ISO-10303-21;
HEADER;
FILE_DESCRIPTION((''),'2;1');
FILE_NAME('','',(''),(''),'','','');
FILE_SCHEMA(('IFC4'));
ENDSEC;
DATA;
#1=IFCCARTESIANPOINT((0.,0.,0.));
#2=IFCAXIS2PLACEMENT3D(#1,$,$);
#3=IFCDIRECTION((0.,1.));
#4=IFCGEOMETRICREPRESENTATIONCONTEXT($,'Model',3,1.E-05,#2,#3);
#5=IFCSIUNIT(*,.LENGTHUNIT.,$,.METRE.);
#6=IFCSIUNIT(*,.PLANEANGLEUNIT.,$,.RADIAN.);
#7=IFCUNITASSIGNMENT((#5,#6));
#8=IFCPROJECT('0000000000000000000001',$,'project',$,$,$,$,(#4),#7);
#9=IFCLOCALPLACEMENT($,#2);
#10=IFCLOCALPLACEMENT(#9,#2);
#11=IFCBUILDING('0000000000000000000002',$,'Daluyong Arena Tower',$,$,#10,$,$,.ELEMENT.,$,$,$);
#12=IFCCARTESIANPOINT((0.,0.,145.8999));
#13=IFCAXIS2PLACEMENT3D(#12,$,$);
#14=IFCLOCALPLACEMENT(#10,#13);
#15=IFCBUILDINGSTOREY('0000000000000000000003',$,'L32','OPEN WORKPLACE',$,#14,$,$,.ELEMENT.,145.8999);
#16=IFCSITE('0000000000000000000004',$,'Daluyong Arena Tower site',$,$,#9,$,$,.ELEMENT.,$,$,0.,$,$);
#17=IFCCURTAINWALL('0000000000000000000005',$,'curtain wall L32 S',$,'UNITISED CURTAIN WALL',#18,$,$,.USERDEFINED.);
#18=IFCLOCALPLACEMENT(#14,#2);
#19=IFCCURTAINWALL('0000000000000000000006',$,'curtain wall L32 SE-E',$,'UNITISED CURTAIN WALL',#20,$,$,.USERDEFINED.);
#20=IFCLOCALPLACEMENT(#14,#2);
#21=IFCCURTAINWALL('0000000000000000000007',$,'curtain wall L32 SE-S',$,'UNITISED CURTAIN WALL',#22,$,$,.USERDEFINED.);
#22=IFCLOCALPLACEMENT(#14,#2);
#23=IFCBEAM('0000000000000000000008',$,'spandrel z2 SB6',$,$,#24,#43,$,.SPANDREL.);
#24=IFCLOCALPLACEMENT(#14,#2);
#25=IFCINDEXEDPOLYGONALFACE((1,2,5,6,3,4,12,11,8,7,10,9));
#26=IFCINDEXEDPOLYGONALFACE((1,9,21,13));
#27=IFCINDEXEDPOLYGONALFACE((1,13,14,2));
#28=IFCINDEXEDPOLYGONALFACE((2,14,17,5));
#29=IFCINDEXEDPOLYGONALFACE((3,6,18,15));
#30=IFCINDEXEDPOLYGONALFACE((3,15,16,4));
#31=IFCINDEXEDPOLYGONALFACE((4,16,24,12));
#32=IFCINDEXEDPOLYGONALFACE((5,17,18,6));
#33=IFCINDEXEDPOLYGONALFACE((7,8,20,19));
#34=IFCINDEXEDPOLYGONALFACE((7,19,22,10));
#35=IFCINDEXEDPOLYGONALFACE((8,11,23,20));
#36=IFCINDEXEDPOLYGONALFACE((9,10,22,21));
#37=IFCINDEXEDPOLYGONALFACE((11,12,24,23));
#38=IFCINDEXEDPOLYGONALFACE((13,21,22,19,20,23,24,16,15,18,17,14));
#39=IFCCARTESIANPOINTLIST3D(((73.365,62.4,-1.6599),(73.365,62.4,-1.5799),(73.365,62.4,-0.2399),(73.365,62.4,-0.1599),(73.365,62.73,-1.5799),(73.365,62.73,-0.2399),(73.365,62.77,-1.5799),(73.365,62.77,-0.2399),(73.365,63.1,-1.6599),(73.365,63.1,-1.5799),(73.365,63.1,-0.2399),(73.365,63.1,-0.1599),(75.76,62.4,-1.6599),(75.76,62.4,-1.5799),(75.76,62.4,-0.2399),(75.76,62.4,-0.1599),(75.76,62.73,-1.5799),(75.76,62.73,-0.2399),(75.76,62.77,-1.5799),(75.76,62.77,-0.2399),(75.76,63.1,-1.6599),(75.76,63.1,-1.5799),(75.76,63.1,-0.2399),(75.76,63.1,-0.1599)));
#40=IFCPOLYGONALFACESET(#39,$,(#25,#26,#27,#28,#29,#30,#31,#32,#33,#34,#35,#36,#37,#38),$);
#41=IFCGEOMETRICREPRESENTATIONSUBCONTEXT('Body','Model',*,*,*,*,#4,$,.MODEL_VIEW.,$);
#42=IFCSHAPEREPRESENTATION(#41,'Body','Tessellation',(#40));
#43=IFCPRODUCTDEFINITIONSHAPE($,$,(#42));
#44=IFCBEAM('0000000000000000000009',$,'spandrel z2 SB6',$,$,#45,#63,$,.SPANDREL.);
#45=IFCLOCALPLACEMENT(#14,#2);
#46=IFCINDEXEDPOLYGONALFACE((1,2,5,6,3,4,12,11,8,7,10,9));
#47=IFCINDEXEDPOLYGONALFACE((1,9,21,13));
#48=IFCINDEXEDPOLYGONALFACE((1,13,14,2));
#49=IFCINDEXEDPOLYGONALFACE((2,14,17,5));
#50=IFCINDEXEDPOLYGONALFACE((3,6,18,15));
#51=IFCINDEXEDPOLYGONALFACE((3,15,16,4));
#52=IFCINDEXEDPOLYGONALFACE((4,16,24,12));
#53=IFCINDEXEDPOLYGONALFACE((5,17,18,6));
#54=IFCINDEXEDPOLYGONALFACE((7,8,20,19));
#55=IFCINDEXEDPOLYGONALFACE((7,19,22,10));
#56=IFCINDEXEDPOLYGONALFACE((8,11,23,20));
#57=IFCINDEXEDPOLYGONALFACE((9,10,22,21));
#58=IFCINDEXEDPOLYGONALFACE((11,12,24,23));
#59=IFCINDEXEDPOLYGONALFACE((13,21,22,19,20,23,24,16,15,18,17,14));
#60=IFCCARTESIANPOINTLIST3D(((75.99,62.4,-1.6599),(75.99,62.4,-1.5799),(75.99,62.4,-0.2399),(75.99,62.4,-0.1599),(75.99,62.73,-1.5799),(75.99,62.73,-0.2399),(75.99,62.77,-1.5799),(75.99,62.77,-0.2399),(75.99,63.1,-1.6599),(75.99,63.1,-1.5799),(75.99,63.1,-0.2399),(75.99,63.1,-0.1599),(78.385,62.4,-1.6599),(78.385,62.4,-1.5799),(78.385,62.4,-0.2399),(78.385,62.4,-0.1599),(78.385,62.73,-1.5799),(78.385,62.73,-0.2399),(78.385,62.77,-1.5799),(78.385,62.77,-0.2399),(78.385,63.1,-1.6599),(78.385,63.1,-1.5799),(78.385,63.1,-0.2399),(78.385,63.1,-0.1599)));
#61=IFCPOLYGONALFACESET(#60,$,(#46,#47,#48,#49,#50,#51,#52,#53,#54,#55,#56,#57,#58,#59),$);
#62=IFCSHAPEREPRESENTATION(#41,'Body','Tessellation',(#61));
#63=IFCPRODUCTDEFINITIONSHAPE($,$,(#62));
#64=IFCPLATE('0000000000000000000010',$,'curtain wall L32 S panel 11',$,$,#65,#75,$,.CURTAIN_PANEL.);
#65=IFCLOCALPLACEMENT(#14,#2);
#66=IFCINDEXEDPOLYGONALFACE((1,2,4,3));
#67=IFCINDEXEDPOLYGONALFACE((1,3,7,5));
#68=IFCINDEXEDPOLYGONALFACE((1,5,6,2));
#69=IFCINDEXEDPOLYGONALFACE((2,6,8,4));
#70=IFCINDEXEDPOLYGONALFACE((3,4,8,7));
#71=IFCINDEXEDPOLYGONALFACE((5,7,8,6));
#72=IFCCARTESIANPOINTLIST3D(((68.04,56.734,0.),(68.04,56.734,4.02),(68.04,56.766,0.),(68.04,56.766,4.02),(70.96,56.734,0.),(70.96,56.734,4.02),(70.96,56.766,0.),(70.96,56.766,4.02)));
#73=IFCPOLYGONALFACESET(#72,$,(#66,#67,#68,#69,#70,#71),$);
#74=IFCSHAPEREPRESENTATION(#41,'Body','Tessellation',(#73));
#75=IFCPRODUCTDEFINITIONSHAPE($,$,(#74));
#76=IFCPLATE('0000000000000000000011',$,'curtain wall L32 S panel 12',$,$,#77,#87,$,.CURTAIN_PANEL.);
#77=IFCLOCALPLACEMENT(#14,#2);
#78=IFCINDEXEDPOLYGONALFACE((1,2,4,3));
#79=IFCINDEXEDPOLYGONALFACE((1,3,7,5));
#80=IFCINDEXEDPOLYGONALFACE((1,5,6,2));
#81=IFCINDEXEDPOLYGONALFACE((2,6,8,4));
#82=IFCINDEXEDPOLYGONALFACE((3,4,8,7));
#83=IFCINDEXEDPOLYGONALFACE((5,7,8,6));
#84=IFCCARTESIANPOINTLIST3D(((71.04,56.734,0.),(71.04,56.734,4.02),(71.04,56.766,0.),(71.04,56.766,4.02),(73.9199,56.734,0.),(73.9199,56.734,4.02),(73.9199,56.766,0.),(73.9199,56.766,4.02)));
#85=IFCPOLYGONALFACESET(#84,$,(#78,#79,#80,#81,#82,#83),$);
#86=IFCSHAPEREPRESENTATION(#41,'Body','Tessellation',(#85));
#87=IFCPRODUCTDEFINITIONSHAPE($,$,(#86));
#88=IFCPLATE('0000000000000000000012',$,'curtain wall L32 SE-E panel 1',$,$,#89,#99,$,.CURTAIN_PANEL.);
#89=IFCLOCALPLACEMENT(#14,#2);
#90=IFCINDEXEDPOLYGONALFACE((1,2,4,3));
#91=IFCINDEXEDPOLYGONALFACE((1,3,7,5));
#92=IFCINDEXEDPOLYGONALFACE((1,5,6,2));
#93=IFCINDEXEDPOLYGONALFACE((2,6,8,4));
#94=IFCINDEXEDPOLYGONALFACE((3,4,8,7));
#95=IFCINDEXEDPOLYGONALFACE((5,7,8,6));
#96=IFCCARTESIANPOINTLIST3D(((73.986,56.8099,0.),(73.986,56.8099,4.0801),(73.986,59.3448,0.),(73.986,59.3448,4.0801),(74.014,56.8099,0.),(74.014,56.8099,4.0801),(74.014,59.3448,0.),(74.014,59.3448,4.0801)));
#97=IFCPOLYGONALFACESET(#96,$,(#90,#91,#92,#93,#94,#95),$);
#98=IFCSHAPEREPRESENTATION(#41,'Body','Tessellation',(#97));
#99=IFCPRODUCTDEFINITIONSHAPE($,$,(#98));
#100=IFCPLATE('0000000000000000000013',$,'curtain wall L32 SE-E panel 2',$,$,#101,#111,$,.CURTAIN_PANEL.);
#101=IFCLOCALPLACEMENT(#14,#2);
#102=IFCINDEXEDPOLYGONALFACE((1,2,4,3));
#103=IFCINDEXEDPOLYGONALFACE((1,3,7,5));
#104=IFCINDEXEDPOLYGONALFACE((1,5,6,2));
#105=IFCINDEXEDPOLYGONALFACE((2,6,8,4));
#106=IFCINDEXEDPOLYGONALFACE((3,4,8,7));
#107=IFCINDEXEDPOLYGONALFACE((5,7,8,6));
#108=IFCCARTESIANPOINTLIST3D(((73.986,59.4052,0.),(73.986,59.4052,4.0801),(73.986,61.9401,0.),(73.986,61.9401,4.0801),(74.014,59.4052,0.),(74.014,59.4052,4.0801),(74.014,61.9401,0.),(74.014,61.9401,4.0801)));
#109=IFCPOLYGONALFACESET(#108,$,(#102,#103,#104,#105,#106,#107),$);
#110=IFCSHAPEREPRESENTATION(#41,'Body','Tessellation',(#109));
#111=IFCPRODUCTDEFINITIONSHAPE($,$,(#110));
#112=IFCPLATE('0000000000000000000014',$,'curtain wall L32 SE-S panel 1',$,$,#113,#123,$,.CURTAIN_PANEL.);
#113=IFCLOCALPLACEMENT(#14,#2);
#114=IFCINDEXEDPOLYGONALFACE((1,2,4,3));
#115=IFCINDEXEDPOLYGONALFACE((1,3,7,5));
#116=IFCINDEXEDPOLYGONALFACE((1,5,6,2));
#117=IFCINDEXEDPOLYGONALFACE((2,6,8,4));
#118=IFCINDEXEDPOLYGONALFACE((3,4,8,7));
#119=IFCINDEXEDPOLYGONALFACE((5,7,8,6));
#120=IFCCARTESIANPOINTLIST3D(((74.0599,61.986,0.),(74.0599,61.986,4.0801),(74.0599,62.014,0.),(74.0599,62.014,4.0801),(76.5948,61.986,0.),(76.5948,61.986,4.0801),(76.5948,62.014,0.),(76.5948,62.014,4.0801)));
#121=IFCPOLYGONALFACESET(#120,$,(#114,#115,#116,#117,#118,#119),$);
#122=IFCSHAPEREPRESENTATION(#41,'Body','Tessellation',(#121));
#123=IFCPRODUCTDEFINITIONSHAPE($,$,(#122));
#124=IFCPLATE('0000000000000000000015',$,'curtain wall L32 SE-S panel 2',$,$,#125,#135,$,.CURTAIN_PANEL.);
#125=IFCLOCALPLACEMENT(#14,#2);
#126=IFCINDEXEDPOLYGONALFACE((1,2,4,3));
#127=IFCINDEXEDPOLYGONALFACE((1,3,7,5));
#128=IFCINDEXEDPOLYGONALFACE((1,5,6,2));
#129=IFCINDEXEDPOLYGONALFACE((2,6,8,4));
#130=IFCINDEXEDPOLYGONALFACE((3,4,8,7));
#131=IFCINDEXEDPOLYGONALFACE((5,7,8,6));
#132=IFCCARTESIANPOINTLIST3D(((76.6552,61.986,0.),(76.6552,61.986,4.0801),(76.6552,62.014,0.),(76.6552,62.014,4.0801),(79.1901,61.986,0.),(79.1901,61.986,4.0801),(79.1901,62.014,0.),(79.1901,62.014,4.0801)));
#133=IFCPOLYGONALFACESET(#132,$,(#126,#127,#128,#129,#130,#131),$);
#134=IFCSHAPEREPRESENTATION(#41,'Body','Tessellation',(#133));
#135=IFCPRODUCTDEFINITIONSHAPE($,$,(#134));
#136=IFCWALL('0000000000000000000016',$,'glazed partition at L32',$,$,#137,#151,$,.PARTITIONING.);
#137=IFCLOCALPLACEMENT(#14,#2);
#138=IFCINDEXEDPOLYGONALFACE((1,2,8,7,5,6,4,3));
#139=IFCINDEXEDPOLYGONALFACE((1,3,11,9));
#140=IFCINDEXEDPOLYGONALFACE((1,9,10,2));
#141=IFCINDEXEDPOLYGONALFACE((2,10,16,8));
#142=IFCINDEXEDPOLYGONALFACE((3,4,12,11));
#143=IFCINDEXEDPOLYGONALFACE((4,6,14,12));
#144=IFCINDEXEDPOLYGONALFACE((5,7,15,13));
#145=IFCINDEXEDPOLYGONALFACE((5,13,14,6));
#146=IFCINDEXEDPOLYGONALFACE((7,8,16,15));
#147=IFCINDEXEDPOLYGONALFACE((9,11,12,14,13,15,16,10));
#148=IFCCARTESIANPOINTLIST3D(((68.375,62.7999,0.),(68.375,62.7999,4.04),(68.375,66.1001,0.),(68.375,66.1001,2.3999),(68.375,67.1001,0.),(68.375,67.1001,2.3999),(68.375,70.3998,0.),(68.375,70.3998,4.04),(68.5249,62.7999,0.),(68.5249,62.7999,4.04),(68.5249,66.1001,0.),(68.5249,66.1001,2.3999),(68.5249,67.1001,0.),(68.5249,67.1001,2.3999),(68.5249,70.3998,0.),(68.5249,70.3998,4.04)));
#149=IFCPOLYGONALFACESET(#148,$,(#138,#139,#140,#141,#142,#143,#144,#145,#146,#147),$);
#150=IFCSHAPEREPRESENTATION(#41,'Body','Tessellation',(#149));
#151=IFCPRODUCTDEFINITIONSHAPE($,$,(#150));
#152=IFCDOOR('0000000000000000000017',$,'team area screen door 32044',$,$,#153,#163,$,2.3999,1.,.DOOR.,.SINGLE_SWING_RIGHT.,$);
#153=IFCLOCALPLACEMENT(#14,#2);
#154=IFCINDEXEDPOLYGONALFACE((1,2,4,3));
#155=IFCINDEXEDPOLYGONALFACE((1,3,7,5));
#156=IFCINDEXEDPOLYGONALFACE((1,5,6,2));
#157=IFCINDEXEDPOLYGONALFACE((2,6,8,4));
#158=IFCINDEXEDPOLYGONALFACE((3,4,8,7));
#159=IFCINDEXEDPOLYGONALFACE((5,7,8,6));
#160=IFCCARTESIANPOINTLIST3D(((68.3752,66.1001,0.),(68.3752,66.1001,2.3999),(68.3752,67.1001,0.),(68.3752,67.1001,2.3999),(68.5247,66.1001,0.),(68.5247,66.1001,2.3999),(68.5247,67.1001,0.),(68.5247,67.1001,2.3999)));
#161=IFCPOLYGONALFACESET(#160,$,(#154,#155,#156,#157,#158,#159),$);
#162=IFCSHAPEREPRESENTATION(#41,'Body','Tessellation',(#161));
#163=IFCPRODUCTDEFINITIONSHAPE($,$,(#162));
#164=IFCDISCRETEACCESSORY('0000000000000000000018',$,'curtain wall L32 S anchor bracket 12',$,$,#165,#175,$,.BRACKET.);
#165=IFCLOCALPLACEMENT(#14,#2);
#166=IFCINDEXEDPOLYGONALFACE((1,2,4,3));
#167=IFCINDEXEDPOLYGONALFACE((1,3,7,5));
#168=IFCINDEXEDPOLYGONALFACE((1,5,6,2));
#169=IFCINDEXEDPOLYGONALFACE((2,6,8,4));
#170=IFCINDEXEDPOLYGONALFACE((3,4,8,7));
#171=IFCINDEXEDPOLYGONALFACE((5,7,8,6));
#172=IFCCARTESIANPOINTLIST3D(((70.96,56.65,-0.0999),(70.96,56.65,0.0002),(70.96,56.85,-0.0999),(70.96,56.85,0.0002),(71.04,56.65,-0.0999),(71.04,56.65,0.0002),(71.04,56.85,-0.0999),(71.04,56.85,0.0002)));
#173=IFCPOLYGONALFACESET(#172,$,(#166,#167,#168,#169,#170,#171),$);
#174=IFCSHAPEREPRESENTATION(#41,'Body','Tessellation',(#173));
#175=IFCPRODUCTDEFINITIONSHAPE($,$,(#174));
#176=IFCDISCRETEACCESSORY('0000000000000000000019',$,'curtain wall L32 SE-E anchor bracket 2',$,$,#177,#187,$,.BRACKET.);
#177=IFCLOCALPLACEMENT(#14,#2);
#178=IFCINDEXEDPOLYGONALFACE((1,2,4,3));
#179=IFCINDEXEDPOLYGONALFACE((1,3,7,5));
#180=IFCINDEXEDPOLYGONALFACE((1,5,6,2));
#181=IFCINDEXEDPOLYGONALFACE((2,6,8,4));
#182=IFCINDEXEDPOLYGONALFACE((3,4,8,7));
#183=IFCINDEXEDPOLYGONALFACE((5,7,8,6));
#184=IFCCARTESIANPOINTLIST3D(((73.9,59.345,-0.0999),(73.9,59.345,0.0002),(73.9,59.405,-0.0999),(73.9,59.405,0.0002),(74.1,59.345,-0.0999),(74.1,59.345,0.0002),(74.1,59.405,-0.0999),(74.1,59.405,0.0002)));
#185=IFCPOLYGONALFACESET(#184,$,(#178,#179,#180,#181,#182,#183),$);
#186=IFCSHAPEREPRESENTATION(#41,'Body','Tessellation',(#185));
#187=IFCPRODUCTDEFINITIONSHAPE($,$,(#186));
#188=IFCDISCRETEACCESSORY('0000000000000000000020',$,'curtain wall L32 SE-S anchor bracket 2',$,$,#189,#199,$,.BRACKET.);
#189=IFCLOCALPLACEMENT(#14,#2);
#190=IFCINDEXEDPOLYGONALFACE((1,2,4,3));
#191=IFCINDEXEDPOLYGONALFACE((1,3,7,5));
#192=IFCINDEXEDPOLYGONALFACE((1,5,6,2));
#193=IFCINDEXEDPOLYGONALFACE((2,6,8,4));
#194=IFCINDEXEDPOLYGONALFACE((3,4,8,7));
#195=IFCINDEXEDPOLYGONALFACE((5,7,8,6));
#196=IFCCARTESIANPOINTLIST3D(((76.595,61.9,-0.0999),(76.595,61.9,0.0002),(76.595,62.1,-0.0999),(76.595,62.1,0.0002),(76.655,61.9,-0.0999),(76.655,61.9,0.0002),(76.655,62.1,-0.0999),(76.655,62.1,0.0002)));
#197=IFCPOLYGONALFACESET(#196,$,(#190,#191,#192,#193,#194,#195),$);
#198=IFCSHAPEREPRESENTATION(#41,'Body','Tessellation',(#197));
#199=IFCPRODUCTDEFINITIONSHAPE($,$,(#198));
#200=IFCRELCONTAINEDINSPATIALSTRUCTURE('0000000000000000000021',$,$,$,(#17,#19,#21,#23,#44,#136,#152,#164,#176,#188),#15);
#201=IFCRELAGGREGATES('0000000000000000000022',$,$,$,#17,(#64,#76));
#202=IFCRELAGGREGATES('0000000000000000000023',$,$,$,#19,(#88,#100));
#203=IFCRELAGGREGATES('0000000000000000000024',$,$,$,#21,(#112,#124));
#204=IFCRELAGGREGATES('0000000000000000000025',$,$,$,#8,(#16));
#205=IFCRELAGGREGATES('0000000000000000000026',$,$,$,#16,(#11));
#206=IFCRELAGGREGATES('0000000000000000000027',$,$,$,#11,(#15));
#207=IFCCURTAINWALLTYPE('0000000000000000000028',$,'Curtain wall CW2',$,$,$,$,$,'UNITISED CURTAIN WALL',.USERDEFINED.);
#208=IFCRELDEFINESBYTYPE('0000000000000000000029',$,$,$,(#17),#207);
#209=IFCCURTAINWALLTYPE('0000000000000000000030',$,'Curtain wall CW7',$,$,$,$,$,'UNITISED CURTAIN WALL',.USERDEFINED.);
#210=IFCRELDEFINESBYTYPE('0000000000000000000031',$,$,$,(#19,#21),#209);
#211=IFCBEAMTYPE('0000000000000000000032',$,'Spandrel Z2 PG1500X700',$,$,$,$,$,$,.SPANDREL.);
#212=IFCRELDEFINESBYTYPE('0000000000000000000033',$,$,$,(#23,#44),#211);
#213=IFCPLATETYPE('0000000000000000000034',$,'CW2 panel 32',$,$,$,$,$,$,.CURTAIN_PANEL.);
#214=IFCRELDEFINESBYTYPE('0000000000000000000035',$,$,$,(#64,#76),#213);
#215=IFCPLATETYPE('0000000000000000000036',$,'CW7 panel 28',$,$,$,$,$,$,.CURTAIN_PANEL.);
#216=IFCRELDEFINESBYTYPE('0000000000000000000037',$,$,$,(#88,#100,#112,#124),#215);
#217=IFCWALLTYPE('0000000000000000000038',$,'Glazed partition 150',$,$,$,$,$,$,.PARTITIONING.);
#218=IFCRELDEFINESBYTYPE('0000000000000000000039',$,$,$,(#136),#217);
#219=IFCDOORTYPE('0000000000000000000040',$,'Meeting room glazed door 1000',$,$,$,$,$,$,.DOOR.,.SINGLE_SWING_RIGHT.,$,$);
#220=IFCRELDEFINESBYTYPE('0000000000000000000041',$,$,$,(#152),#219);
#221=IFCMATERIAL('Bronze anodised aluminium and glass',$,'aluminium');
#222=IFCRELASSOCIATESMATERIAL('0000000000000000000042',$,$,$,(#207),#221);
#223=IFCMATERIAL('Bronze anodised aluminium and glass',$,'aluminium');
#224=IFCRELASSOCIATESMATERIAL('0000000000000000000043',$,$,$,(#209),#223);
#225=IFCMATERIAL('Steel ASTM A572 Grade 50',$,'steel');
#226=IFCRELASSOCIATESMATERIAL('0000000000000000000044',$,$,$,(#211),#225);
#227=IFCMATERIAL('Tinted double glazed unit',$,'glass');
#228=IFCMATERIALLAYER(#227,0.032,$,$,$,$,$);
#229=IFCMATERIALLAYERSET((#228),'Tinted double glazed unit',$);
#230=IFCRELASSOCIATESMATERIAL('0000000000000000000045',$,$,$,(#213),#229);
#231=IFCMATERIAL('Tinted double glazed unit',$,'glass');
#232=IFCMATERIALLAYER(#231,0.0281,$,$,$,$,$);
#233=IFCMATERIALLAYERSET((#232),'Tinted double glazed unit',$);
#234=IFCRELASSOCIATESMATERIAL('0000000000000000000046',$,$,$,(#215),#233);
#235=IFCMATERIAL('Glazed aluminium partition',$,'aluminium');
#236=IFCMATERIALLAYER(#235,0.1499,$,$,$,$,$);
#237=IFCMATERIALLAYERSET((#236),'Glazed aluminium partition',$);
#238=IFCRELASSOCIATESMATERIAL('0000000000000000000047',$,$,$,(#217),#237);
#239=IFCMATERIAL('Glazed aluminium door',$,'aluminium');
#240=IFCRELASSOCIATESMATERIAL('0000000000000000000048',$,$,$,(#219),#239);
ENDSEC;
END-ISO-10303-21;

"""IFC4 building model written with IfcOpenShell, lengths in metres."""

from ifc_helpers import new_model, si_unit, direction, frame, frame_2d, origin, origin_2d, place, context, subcontext, project, spatial, rectangle, i_section, extrude, material, layer, layer_set, material_profile, profile_set, type_object, element, fill, aggregate, save


model = new_model("IFC4")

# Units and contexts
model_context = context("Model", 3, precision=1e-05, world=origin(), true_north=direction((0.0, 1.0)))
body_context = subcontext(model_context, "Body", "Model", "MODEL_VIEW")
ifc_project = project(units=[si_unit("LENGTHUNIT", "METRE"), si_unit("PLANEANGLEUNIT", "RADIAN")], contexts=[model_context])

# Site, building, storey
site_placement = place(None, origin())
site = spatial("IfcSite", under=ifc_project, at=site_placement, Name="Daluyong Arena Tower site", CompositionType="ELEMENT", RefElevation=0.0)
building_placement = place(site_placement, origin())
building = spatial("IfcBuilding", under=site, at=building_placement, Name="Daluyong Arena Tower", CompositionType="ELEMENT")
storey_placement = place(building_placement, frame((0.0, 0.0, 145.8999)))
storey = spatial("IfcBuildingStorey", under=building, at=storey_placement, Name="L32", Description="OPEN WORKPLACE", CompositionType="ELEMENT", Elevation=145.8999)

# Curtain wall
ifc_material_1 = material(Name="Bronze anodised aluminium and glass", Category="aluminium")
curtain_wall_type_1 = type_object("IfcCurtainWallType", Name="Curtain wall CW2", ElementType="UNITISED CURTAIN WALL", PredefinedType="USERDEFINED", material=ifc_material_1)
curtain_wall_1_placement = place(storey_placement, origin())
curtain_wall_1 = element("IfcCurtainWall", 1, at=curtain_wall_1_placement, inside=storey, type_object=curtain_wall_type_1, Name="curtain wall L32 S", ObjectType="UNITISED CURTAIN WALL", PredefinedType="USERDEFINED")

# Curtain walls
ifc_material_2 = material(Name="Bronze anodised aluminium and glass", Category="aluminium")
curtain_wall_type_2 = type_object("IfcCurtainWallType", Name="Curtain wall CW7", ElementType="UNITISED CURTAIN WALL", PredefinedType="USERDEFINED", material=ifc_material_2)
curtain_wall_2_placement = place(storey_placement, origin())
curtain_wall_2 = element("IfcCurtainWall", 2, at=curtain_wall_2_placement, inside=storey, type_object=curtain_wall_type_2, Name="curtain wall L32 SE-E", ObjectType="UNITISED CURTAIN WALL", PredefinedType="USERDEFINED")
curtain_wall_3_placement = place(storey_placement, origin())
curtain_wall_3 = element("IfcCurtainWall", 3, at=curtain_wall_3_placement, inside=storey, type_object=curtain_wall_type_2, Name="curtain wall L32 SE-S", ObjectType="UNITISED CURTAIN WALL", PredefinedType="USERDEFINED")

# Beams
ifc_material_3 = material(Name="Steel ASTM A572 Grade 50", Category="steel")
ifc_material_profile_1 = material_profile(ifc_material_3, i_section(OverallWidth=0.7, OverallDepth=1.5, WebThickness=0.04, FlangeThickness=0.08, at=origin_2d()))
ifc_profile_set_1 = profile_set([ifc_material_profile_1], Name="Steel ASTM A572 Grade 50")
beam_type_1 = type_object("IfcBeamType", Name="Spandrel Z2 PG1500X700", PredefinedType="SPANDREL", material=ifc_profile_set_1)
for number, where, z_axis, x_axis, name in (
    (4, (73.365, 62.75, -0.9099), (1.0, 0.0, 0.0), (0.0, 1.0, 0.0), "spandrel z2 SB6"),
    (5, (75.99, 62.75, -0.9099), (1.0, 0.0, 0.0), (0.0, 1.0, 0.0), "spandrel z2 SB6"),
):
    element("IfcBeam", number, at=place(storey_placement, frame(where, z_axis=z_axis, x_axis=x_axis)), inside=storey, type_object=beam_type_1, Name=name, PredefinedType="SPANDREL", context=body_context, shape_type="SweptSolid", body=[
        extrude(i_section(OverallWidth=0.7, OverallDepth=1.5, WebThickness=0.04, FlangeThickness=0.08, at=origin_2d()), origin(), (0.0, 0.0, 1.0), 2.395),
    ])

# Plates
ifc_material_4 = material(Name="Tinted double glazed unit", Category="glass")
ifc_layer_1 = layer(ifc_material_4, 0.032)
ifc_layer_set_1 = layer_set([ifc_layer_1], Name="Tinted double glazed unit")
plate_type_1 = type_object("IfcPlateType", Name="CW2 panel 32", PredefinedType="CURTAIN_PANEL", material=ifc_layer_set_1)
plate_1_placement = place(storey_placement, frame((69.5, 56.75, 0.0), z_axis=(0.0, 0.0, 1.0), x_axis=(1.0, 0.0, 0.0)))
plate_1 = element("IfcPlate", 6, at=plate_1_placement, type_object=plate_type_1, Name="curtain wall L32 S panel 11", PredefinedType="CURTAIN_PANEL", context=body_context, shape_type="SweptSolid", body=[
    extrude(rectangle(XDim=2.9199, YDim=0.032, at=origin_2d()), origin(), (0.0, 0.0, 1.0), 4.02),
])
plate_2_placement = place(storey_placement, frame((72.48, 56.75, 0.0), z_axis=(0.0, 0.0, 1.0), x_axis=(1.0, 0.0, 0.0)))
plate_2 = element("IfcPlate", 7, at=plate_2_placement, type_object=plate_type_1, Name="curtain wall L32 S panel 12", PredefinedType="CURTAIN_PANEL", context=body_context, shape_type="SweptSolid", body=[
    extrude(rectangle(XDim=2.8799, YDim=0.032, at=origin_2d()), origin(), (0.0, 0.0, 1.0), 4.02),
])
aggregate(curtain_wall_1, [plate_1, plate_2])
ifc_material_5 = material(Name="Tinted double glazed unit", Category="glass")
ifc_layer_2 = layer(ifc_material_5, 0.0281)
ifc_layer_set_2 = layer_set([ifc_layer_2], Name="Tinted double glazed unit")
plate_type_2 = type_object("IfcPlateType", Name="CW7 panel 28", PredefinedType="CURTAIN_PANEL", material=ifc_layer_set_2)
plate_3_placement = place(storey_placement, frame((74.0, 58.0774, 0.0), z_axis=(0.0, 0.0, 1.0), x_axis=(0.0, 1.0, 0.0)))
plate_3 = element("IfcPlate", 8, at=plate_3_placement, type_object=plate_type_2, Name="curtain wall L32 SE-E panel 1", PredefinedType="CURTAIN_PANEL", context=body_context, shape_type="SweptSolid", body=[
    extrude(rectangle(XDim=2.5349, YDim=0.0281, at=origin_2d()), origin(), (0.0, 0.0, 1.0), 4.0801),
])
plate_4_placement = place(storey_placement, frame((74.0, 60.6726, 0.0), z_axis=(0.0, 0.0, 1.0), x_axis=(0.0, 1.0, 0.0)))
plate_4 = element("IfcPlate", 9, at=plate_4_placement, type_object=plate_type_2, Name="curtain wall L32 SE-E panel 2", PredefinedType="CURTAIN_PANEL", context=body_context, shape_type="SweptSolid", body=[
    extrude(rectangle(XDim=2.5349, YDim=0.0281, at=origin_2d()), origin(), (0.0, 0.0, 1.0), 4.0801),
])
aggregate(curtain_wall_2, [plate_3, plate_4])
plate_5_placement = place(storey_placement, frame((75.3274, 62.0, 0.0), z_axis=(0.0, 0.0, 1.0), x_axis=(1.0, 0.0, 0.0)))
plate_5 = element("IfcPlate", 10, at=plate_5_placement, type_object=plate_type_2, Name="curtain wall L32 SE-S panel 1", PredefinedType="CURTAIN_PANEL", context=body_context, shape_type="SweptSolid", body=[
    extrude(rectangle(XDim=2.5349, YDim=0.0281, at=origin_2d()), origin(), (0.0, 0.0, 1.0), 4.0801),
])
plate_6_placement = place(storey_placement, frame((77.9226, 62.0, 0.0), z_axis=(0.0, 0.0, 1.0), x_axis=(1.0, 0.0, 0.0)))
plate_6 = element("IfcPlate", 11, at=plate_6_placement, type_object=plate_type_2, Name="curtain wall L32 SE-S panel 2", PredefinedType="CURTAIN_PANEL", context=body_context, shape_type="SweptSolid", body=[
    extrude(rectangle(XDim=2.5349, YDim=0.0281, at=origin_2d()), origin(), (0.0, 0.0, 1.0), 4.0801),
])
aggregate(curtain_wall_3, [plate_5, plate_6])

# Wall, opening, door
ifc_material_6 = material(Name="Glazed aluminium partition", Category="aluminium")
ifc_layer_3 = layer(ifc_material_6, 0.1499)
ifc_layer_set_3 = layer_set([ifc_layer_3], Name="Glazed aluminium partition")
wall_type = type_object("IfcWallType", Name="Glazed partition 150", PredefinedType="PARTITIONING", material=ifc_layer_set_3)
wall_placement = place(storey_placement, frame((68.45, 62.8, 0.0), z_axis=(0.0, 0.0, 1.0), x_axis=(0.0, 1.0, 0.0)))
wall = element("IfcWall", 12, at=wall_placement, inside=storey, type_object=wall_type, Name="glazed partition at L32", PredefinedType="PARTITIONING", context=body_context, shape_type="SweptSolid", body=[
    extrude(rectangle(XDim=7.5999, YDim=0.1499, at=frame_2d((3.7998, 0.0))), origin(), (0.0, 0.0, 1.0), 4.04),
])
opening_placement = place(wall_placement, frame((3.3, 0.0, 0.0)))
opening = element("IfcOpeningElement", 13, at=opening_placement, cuts=wall, PredefinedType="OPENING", context=body_context, shape_type="SweptSolid", body=[
    extrude(rectangle(XDim=1.0, YDim=2.3999, at=frame_2d((0.5, 1.2))), frame((0.0, 0.085, 0.0), z_axis=(0.0, -1.0, 0.0), x_axis=(1.0, 0.0, 0.0)), (0.0, 0.0, 1.0), 0.1699),
])
ifc_material_7 = material(Name="Glazed aluminium door", Category="aluminium")
door_type = type_object("IfcDoorType", Name="Meeting room glazed door 1000", OperationType="SINGLE_SWING_RIGHT", PredefinedType="DOOR", material=ifc_material_7)
door_placement = place(opening_placement, origin())
door = element("IfcDoor", 14, at=door_placement, inside=storey, type_object=door_type, Name="team area screen door 32044", OperationType="SINGLE_SWING_RIGHT", OverallHeight=2.3999, OverallWidth=1.0, PredefinedType="DOOR", context=body_context, shape_type="SweptSolid", body=[
    extrude(rectangle(XDim=1.0, YDim=2.3999, at=frame_2d((0.5, 1.2))), frame((0.0, 0.0747, 0.0), z_axis=(0.0, -1.0, 0.0), x_axis=(1.0, 0.0, 0.0)), (0.0, 0.0, 1.0), 0.1494),
])
fill(opening, door)

# Discrete accessories
discrete_accessory_placement = place(storey_placement, frame((71.0, 56.75, -0.0999), z_axis=(0.0, 0.0, 1.0), x_axis=(1.0, 0.0, 0.0)))
element("IfcDiscreteAccessory", 15, at=discrete_accessory_placement, inside=storey, Name="curtain wall L32 S anchor bracket 12", PredefinedType="BRACKET", context=body_context, shape_type="SweptSolid", body=[
    extrude(rectangle(XDim=0.0801, YDim=0.2, at=origin_2d()), origin(), (0.0, 0.0, 1.0), 0.1001),
])
for number, where, z_axis, x_axis, name in (
    (16, (74.0, 59.375, -0.0999), (0.0, 0.0, 1.0), (0.0, 1.0, 0.0), "curtain wall L32 SE-E anchor bracket 2"),
    (17, (76.625, 62.0, -0.0999), (0.0, 0.0, 1.0), (1.0, 0.0, 0.0), "curtain wall L32 SE-S anchor bracket 2"),
):
    element("IfcDiscreteAccessory", number, at=place(storey_placement, frame(where, z_axis=z_axis, x_axis=x_axis)), inside=storey, Name=name, PredefinedType="BRACKET", context=body_context, shape_type="SweptSolid", body=[
        extrude(rectangle(XDim=0.0601, YDim=0.2, at=origin_2d()), origin(), (0.0, 0.0, 1.0), 0.1001),
    ])

save(model, "model.ifc")
